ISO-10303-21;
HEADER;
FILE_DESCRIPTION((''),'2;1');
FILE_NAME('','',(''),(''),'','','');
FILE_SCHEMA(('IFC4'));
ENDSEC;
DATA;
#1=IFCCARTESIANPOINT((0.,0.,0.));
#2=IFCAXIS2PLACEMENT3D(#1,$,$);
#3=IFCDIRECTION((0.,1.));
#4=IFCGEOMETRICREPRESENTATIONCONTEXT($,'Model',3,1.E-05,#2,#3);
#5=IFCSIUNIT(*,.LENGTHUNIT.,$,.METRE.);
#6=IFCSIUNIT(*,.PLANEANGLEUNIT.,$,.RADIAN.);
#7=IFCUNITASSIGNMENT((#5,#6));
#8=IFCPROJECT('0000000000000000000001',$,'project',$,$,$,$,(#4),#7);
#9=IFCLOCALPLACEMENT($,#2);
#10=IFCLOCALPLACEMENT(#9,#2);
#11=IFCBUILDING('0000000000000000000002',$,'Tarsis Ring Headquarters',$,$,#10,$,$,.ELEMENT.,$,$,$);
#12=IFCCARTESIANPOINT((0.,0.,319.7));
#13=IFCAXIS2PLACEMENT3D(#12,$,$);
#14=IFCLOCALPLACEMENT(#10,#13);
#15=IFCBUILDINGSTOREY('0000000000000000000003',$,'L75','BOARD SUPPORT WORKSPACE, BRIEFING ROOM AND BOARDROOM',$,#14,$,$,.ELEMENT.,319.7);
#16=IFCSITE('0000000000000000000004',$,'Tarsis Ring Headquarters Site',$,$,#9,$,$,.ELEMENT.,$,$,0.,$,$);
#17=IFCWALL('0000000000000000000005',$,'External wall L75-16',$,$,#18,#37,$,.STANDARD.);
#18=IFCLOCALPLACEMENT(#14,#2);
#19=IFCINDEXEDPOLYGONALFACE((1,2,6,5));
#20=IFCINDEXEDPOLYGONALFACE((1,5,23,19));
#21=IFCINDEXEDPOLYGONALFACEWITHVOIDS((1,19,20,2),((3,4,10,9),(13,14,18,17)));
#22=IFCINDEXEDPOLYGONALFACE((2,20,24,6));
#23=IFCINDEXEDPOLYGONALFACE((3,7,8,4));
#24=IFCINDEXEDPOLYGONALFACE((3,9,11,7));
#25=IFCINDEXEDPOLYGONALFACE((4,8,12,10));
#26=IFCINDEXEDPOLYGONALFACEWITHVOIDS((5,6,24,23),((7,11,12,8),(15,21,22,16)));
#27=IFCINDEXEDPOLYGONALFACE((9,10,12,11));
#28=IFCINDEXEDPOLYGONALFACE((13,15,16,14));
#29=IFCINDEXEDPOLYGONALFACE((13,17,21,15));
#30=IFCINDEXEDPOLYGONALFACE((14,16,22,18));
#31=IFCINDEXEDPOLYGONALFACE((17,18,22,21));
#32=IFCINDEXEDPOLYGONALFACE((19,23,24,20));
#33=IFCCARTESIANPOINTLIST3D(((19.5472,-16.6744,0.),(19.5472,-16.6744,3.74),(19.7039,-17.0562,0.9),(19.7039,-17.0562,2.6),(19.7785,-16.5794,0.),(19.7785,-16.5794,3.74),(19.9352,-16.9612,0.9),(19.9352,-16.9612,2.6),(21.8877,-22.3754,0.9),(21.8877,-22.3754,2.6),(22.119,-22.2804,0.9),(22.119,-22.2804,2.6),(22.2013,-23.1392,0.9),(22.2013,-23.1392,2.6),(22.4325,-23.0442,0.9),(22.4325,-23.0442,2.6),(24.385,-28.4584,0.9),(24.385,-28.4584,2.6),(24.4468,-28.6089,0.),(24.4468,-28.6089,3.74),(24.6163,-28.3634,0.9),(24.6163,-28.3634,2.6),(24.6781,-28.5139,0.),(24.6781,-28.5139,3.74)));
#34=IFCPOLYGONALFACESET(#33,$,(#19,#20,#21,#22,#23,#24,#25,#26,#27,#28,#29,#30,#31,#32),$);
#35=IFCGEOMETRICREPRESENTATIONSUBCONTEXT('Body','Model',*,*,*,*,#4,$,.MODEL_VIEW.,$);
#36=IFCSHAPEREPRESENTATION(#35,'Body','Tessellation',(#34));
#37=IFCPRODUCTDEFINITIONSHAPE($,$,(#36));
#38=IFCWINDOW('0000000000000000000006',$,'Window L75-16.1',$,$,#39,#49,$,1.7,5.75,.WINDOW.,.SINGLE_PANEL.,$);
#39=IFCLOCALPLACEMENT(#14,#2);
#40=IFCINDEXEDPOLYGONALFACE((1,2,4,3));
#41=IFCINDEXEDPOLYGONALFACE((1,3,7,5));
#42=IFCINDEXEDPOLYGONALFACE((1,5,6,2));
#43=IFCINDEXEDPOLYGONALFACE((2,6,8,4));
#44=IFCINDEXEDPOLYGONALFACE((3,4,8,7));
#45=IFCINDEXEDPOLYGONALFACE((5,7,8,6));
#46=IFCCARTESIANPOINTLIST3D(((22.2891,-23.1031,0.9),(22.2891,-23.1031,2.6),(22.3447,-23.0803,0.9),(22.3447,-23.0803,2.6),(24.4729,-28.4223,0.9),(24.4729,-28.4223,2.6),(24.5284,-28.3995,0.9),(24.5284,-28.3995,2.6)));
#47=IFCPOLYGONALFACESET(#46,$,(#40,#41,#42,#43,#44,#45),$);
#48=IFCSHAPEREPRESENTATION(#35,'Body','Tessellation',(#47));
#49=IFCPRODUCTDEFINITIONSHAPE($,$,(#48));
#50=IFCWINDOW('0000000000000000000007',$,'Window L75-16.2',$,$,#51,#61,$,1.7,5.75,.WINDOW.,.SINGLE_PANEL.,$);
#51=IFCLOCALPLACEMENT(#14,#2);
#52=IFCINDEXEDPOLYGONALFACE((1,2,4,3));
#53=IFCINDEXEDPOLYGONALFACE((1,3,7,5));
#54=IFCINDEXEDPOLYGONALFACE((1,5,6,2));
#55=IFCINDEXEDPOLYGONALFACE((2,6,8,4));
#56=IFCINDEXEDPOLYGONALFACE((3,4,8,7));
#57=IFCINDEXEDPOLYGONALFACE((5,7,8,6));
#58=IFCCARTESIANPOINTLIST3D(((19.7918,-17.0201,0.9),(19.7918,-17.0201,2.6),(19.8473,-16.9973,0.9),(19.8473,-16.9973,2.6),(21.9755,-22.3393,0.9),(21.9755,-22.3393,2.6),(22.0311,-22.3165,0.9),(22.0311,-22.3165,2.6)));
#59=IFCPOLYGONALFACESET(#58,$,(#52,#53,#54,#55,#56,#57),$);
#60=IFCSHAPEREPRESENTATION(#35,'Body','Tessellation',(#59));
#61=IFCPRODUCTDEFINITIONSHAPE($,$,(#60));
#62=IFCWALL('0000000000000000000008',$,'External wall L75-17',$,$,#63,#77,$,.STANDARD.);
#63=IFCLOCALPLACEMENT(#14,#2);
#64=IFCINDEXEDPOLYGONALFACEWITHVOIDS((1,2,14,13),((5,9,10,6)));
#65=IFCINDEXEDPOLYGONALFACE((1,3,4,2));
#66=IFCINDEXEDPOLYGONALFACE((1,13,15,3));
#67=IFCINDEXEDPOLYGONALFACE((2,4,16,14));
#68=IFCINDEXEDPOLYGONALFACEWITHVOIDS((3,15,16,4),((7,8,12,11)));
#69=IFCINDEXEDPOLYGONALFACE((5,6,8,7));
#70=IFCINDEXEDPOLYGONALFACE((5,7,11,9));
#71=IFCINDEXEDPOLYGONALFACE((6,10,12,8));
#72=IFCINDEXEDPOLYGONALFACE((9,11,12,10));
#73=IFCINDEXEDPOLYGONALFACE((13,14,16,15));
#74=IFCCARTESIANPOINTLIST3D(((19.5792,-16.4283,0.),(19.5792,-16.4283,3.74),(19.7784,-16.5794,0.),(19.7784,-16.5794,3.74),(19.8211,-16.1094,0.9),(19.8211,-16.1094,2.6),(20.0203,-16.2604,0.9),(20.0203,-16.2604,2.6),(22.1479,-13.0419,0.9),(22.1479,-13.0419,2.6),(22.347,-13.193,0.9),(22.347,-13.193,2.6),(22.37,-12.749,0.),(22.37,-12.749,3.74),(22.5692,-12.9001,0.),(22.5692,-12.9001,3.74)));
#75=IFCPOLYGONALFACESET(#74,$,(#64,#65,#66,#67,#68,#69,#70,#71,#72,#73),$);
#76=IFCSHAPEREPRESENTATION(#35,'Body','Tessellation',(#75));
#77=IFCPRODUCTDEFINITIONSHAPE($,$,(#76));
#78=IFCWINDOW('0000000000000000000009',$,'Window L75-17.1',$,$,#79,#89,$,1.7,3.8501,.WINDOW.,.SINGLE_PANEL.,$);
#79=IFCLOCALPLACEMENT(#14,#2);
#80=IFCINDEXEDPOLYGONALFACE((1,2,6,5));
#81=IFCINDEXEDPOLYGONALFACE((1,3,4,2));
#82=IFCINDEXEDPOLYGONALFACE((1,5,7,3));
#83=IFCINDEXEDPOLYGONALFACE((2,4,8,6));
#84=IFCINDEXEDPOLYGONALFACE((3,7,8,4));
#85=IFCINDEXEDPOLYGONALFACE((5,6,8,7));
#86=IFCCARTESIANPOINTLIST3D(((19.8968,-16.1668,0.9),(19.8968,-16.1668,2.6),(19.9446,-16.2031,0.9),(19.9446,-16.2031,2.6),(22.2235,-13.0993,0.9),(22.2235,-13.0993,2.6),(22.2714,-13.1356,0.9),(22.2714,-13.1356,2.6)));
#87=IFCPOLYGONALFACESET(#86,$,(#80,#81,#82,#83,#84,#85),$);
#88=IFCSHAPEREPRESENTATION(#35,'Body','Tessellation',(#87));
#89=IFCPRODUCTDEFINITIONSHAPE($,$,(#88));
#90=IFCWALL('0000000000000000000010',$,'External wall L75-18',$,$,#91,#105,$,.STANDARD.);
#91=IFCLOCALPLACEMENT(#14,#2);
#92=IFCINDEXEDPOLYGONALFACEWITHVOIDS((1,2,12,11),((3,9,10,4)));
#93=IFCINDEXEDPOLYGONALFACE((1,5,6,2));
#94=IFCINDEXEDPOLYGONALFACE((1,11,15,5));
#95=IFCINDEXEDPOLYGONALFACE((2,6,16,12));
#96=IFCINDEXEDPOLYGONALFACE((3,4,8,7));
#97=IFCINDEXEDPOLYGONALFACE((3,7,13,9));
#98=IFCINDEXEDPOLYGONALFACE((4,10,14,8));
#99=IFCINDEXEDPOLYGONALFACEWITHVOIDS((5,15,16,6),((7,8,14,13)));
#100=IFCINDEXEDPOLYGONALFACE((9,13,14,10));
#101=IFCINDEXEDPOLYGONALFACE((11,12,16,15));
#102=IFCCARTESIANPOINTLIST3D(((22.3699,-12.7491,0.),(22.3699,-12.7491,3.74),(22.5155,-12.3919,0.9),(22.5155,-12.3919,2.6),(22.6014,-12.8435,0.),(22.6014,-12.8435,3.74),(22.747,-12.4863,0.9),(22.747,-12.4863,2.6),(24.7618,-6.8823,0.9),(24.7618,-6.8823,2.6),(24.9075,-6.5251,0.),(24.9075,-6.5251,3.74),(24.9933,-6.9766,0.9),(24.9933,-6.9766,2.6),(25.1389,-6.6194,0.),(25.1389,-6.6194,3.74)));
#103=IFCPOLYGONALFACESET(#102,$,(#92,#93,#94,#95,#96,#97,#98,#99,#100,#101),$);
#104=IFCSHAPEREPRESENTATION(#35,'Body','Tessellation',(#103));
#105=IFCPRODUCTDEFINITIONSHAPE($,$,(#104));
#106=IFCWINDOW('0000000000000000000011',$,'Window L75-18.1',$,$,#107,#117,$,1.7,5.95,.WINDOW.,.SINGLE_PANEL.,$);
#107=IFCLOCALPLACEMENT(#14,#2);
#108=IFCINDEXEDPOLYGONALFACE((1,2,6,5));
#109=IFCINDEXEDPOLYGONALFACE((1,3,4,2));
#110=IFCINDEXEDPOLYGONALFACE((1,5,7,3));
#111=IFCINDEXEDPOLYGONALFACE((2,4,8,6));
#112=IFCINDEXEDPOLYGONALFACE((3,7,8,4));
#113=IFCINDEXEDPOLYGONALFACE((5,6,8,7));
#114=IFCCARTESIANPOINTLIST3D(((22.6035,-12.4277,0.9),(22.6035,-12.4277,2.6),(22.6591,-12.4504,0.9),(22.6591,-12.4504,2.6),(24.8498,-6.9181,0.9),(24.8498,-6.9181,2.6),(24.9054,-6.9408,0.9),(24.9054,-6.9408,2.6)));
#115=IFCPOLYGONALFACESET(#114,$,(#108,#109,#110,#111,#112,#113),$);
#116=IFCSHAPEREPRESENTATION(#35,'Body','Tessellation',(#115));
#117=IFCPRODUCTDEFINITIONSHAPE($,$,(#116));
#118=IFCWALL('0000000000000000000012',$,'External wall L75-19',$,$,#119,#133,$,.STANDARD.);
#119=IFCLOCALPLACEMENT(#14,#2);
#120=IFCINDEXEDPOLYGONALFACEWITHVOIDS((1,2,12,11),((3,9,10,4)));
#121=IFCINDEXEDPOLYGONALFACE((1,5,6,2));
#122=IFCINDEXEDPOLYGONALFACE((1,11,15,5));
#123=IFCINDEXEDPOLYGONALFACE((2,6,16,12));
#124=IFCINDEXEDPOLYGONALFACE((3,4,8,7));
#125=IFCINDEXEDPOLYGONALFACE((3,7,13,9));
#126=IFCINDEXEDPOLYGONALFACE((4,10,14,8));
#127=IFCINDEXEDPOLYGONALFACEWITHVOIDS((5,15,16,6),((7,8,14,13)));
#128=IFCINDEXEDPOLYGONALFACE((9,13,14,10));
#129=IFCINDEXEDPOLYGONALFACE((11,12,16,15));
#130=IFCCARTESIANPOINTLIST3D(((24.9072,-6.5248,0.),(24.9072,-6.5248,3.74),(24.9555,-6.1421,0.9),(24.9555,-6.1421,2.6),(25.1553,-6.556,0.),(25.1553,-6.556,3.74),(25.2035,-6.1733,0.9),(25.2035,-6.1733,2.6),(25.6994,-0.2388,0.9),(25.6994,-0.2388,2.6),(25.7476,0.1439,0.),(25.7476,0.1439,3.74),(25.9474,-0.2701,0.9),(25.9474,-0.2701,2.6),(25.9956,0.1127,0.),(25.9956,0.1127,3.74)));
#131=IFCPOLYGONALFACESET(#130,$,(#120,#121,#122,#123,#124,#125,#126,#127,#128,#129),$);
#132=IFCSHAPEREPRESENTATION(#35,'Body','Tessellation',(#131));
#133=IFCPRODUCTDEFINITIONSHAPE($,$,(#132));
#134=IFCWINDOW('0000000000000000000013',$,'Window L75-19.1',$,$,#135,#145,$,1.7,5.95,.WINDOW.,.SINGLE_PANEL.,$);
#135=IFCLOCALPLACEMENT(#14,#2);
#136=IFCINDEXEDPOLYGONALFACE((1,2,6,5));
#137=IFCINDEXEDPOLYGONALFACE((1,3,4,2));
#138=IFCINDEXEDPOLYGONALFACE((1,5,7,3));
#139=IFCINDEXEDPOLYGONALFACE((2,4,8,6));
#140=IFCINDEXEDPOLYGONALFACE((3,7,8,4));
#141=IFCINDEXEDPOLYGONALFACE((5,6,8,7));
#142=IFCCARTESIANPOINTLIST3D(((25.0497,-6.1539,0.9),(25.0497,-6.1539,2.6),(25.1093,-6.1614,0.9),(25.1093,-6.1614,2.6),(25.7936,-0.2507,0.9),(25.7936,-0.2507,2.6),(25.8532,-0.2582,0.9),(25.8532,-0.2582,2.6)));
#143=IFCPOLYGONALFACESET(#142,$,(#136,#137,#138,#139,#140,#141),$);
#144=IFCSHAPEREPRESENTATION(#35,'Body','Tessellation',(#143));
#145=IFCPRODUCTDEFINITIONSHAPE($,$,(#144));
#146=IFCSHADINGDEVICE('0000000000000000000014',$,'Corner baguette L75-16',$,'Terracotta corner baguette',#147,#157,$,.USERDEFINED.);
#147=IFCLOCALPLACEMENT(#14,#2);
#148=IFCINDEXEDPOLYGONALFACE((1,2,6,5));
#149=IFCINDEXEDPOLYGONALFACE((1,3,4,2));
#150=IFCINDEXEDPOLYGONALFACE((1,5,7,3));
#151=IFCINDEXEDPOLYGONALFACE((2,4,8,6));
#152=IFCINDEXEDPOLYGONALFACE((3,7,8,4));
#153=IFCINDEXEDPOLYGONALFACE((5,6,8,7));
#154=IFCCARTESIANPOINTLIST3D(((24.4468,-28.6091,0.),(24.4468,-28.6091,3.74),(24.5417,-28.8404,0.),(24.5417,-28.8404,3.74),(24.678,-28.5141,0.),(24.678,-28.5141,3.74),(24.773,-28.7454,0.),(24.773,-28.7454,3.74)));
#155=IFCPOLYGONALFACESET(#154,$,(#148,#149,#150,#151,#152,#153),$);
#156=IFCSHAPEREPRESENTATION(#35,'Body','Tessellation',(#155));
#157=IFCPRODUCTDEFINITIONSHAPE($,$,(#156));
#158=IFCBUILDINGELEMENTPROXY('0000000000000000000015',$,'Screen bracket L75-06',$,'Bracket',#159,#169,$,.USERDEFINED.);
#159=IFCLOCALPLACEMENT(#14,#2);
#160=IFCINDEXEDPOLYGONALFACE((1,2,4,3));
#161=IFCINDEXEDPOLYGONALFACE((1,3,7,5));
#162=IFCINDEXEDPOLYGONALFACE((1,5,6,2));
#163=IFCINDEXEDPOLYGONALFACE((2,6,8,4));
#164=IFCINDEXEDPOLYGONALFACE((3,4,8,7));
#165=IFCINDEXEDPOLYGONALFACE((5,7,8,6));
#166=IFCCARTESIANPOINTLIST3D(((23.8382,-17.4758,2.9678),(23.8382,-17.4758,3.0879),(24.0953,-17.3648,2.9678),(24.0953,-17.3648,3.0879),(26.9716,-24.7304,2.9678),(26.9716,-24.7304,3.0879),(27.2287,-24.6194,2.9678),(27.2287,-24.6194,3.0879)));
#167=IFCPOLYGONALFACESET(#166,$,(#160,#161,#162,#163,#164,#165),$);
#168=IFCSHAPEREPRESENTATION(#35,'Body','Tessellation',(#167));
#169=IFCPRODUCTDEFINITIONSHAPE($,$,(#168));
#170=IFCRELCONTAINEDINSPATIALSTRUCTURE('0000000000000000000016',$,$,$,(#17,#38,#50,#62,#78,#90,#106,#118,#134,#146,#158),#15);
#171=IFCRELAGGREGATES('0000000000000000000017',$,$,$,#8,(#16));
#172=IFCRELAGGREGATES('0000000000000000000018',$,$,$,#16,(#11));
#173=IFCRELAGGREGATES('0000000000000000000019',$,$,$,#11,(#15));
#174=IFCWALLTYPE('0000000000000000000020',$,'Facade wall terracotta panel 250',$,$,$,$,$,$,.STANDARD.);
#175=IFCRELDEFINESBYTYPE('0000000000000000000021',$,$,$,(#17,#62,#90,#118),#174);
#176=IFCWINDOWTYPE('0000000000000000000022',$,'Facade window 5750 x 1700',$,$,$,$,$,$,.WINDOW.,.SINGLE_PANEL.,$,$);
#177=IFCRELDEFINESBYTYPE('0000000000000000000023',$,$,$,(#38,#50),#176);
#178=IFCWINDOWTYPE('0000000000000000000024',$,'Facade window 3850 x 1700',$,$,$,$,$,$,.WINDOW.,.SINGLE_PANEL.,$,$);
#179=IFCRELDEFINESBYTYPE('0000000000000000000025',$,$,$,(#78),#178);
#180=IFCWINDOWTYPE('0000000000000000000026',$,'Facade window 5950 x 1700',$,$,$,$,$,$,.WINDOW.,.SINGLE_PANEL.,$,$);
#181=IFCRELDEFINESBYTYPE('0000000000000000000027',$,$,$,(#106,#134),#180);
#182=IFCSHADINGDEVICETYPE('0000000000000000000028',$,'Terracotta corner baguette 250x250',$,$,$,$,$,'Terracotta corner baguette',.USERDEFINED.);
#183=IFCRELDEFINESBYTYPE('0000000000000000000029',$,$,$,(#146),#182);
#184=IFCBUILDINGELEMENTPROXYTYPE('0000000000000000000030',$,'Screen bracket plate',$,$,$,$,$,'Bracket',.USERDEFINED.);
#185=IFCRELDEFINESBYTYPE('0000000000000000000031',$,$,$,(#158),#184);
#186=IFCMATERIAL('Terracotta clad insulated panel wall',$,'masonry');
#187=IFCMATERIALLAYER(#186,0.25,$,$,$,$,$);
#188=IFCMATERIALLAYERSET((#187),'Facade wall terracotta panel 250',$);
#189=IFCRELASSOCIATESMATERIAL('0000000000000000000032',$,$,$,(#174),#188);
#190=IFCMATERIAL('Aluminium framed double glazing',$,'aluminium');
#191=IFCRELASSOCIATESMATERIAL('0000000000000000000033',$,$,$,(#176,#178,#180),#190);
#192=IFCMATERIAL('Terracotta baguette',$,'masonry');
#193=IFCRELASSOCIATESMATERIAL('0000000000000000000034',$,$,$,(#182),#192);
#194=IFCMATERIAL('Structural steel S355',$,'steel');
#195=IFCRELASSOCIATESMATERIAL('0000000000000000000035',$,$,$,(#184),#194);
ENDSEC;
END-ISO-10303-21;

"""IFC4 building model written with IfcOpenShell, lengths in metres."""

from ifc_helpers import new_model, si_unit, direction, frame, frame_2d, origin, origin_2d, place, context, subcontext, project, spatial, rectangle, extrude, material, layer, layer_set, type_object, element, fill, save


model = new_model("IFC4")

# Units and contexts
model_context = context("Model", 3, precision=1e-05, world=origin(), true_north=direction((0.0, 1.0)))
body_context = subcontext(model_context, "Body", "Model", "MODEL_VIEW")
ifc_project = project(units=[si_unit("LENGTHUNIT", "METRE"), si_unit("PLANEANGLEUNIT", "RADIAN")], contexts=[model_context])

# Site, building, storey
site_placement = place(None, origin())
site = spatial("IfcSite", under=ifc_project, at=site_placement, Name="Tarsis Ring Headquarters Site", CompositionType="ELEMENT", RefElevation=0.0)
building_placement = place(site_placement, origin())
building = spatial("IfcBuilding", under=site, at=building_placement, Name="Tarsis Ring Headquarters", CompositionType="ELEMENT")
storey_placement = place(building_placement, frame((0.0, 0.0, 319.7)))
storey = spatial("IfcBuildingStorey", under=building, at=storey_placement, Name="L75", Description="BOARD SUPPORT WORKSPACE, BRIEFING ROOM AND BOARDROOM", CompositionType="ELEMENT", Elevation=319.7)

# Shared definitions
ifc_material_1 = material(Name="Structural steel S355", Category="steel")

# Shared definitions
ifc_material_2 = material(Name="Terracotta clad insulated panel wall", Category="masonry")
ifc_layer_1 = layer(ifc_material_2, 0.25)
ifc_layer_set_1 = layer_set([ifc_layer_1], Name="Facade wall terracotta panel 250")
wall_type_1 = type_object("IfcWallType", Name="Facade wall terracotta panel 250", PredefinedType="STANDARD", material=ifc_layer_set_1)

# Wall, openings, windows
wall_1_placement = place(storey_placement, frame((24.5625, -28.5615, 0.0), z_axis=(0.0, 0.0, 1.0), x_axis=(-0.379784, 0.925075, 0.0)))
wall_1 = element("IfcWall", 1, at=wall_1_placement, inside=storey, type_object=wall_type_1, Name="External wall L75-16", PredefinedType="STANDARD", context=body_context, shape_type="SweptSolid", body=[
    extrude(rectangle(XDim=12.9011, YDim=0.25, at=frame_2d((6.4507, 0.0))), origin(), (0.0, 0.0, 1.0), 3.74),
])
opening_1_placement = place(wall_1_placement, frame((0.1628, 0.0, 0.8999)))
opening_1 = element("IfcOpeningElement", 2, at=opening_1_placement, cuts=wall_1, PredefinedType="OPENING", context=body_context, shape_type="SweptSolid", body=[
    extrude(rectangle(XDim=5.75, YDim=1.7, at=frame_2d((2.875, 0.8501))), frame((0.0, 0.135, 0.0), z_axis=(0.0, -1.0, 0.0), x_axis=(1.0, 0.0, 0.0)), (0.0, 0.0, 1.0), 0.27),
])
opening_2_placement = place(wall_1_placement, frame((6.7385, 0.0, 0.8999)))
opening_2 = element("IfcOpeningElement", 3, at=opening_2_placement, cuts=wall_1, PredefinedType="OPENING", context=body_context, shape_type="SweptSolid", body=[
    extrude(rectangle(XDim=5.75, YDim=1.7, at=frame_2d((2.875, 0.8501))), frame((0.0, 0.135, 0.0), z_axis=(0.0, -1.0, 0.0), x_axis=(1.0, 0.0, 0.0)), (0.0, 0.0, 1.0), 0.27),
])
ifc_material_3 = material(Name="Aluminium framed double glazing", Category="aluminium")
window_type_1 = type_object("IfcWindowType", Name="Facade window 5750 x 1700", PartitioningType="SINGLE_PANEL", PredefinedType="WINDOW", material=ifc_material_3)
window_1_placement = place(opening_1_placement, origin())
window_1 = element("IfcWindow", 4, at=window_1_placement, inside=storey, type_object=window_type_1, Name="Window L75-16.1", OverallHeight=1.7, OverallWidth=5.75, PartitioningType="SINGLE_PANEL", PredefinedType="WINDOW", context=body_context, shape_type="SweptSolid", body=[
    extrude(rectangle(XDim=5.75, YDim=1.7, at=frame_2d((2.875, 0.8501))), frame((0.0, 0.03, 0.0), z_axis=(0.0, -1.0, 0.0), x_axis=(1.0, 0.0, 0.0)), (0.0, 0.0, 1.0), 0.0601),
])
fill(opening_1, window_1)
window_2_placement = place(opening_2_placement, origin())
window_2 = element("IfcWindow", 5, at=window_2_placement, inside=storey, type_object=window_type_1, Name="Window L75-16.2", OverallHeight=1.7, OverallWidth=5.75, PartitioningType="SINGLE_PANEL", PredefinedType="WINDOW", context=body_context, shape_type="SweptSolid", body=[
    extrude(rectangle(XDim=5.75, YDim=1.7, at=frame_2d((2.875, 0.8501))), frame((0.0, 0.03, 0.0), z_axis=(0.0, -1.0, 0.0), x_axis=(1.0, 0.0, 0.0)), (0.0, 0.0, 1.0), 0.0601),
])
fill(opening_2, window_2)

# Walls, openings, windows
wall_2_placement = place(storey_placement, frame((19.6787, -16.5039, 0.0), z_axis=(0.0, 0.0, 1.0), x_axis=(0.604339, 0.796727, 0.0)))
wall_2 = element("IfcWall", 6, at=wall_2_placement, inside=storey, type_object=wall_type_1, Name="External wall L75-17", PredefinedType="STANDARD", context=body_context, shape_type="SweptSolid", body=[
    extrude(rectangle(XDim=4.6179, YDim=0.25, at=frame_2d((2.3091, 0.0))), origin(), (0.0, 0.0, 1.0), 3.74),
])
opening_3_placement = place(wall_2_placement, frame((0.4004, 0.0, 0.8999)))
opening_3 = element("IfcOpeningElement", 7, at=opening_3_placement, cuts=wall_2, PredefinedType="OPENING", context=body_context, shape_type="SweptSolid", body=[
    extrude(rectangle(XDim=3.8501, YDim=1.7, at=frame_2d((1.925, 0.8501))), frame((0.0, 0.135, 0.0), z_axis=(0.0, -1.0, 0.0), x_axis=(1.0, 0.0, 0.0)), (0.0, 0.0, 1.0), 0.27),
])
window_type_2 = type_object("IfcWindowType", Name="Facade window 3850 x 1700", PartitioningType="SINGLE_PANEL", PredefinedType="WINDOW", material=ifc_material_3)
window_3_placement = place(opening_3_placement, origin())
window_3 = element("IfcWindow", 8, at=window_3_placement, inside=storey, type_object=window_type_2, Name="Window L75-17.1", OverallHeight=1.7, OverallWidth=3.8501, PartitioningType="SINGLE_PANEL", PredefinedType="WINDOW", context=body_context, shape_type="SweptSolid", body=[
    extrude(rectangle(XDim=3.8501, YDim=1.7, at=frame_2d((1.925, 0.8501))), frame((0.0, 0.03, 0.0), z_axis=(0.0, -1.0, 0.0), x_axis=(1.0, 0.0, 0.0)), (0.0, 0.0, 1.0), 0.0601),
])
fill(opening_3, window_3)
wall_3_placement = place(storey_placement, frame((22.4856, -12.7964, 0.0), z_axis=(0.0, 0.0, 1.0), x_axis=(0.377532, 0.925996, 0.0)))
wall_3 = element("IfcWall", 9, at=wall_3_placement, inside=storey, type_object=wall_type_1, Name="External wall L75-18", PredefinedType="STANDARD", context=body_context, shape_type="SweptSolid", body=[
    extrude(rectangle(XDim=6.7214, YDim=0.25, at=frame_2d((3.3608, 0.0))), origin(), (0.0, 0.0, 1.0), 3.74),
])
opening_4_placement = place(wall_3_placement, frame((0.3857, 0.0, 0.8999)))
opening_4 = element("IfcOpeningElement", 10, at=opening_4_placement, cuts=wall_3, PredefinedType="OPENING", context=body_context, shape_type="SweptSolid", body=[
    extrude(rectangle(XDim=5.95, YDim=1.7, at=frame_2d((2.9751, 0.8501))), frame((0.0, 0.135, 0.0), z_axis=(0.0, -1.0, 0.0), x_axis=(1.0, 0.0, 0.0)), (0.0, 0.0, 1.0), 0.27),
])
window_type_3 = type_object("IfcWindowType", Name="Facade window 5950 x 1700", PartitioningType="SINGLE_PANEL", PredefinedType="WINDOW", material=ifc_material_3)
window_4_placement = place(opening_4_placement, origin())
window_4 = element("IfcWindow", 11, at=window_4_placement, inside=storey, type_object=window_type_3, Name="Window L75-18.1", OverallHeight=1.7, OverallWidth=5.95, PartitioningType="SINGLE_PANEL", PredefinedType="WINDOW", context=body_context, shape_type="SweptSolid", body=[
    extrude(rectangle(XDim=5.95, YDim=1.7, at=frame_2d((2.9751, 0.8501))), frame((0.0, 0.03, 0.0), z_axis=(0.0, -1.0, 0.0), x_axis=(1.0, 0.0, 0.0)), (0.0, 0.0, 1.0), 0.0601),
])
fill(opening_4, window_4)
wall_4_placement = place(storey_placement, frame((25.0312, -6.5405, 0.0), z_axis=(0.0, 0.0, 1.0), x_axis=(0.125023, 0.992154, 0.0)))
wall_4 = element("IfcWall", 12, at=wall_4_placement, inside=storey, type_object=wall_type_1, Name="External wall L75-19", PredefinedType="STANDARD", context=body_context, shape_type="SweptSolid", body=[
    extrude(rectangle(XDim=6.7214, YDim=0.25, at=frame_2d((3.3608, 0.0))), origin(), (0.0, 0.0, 1.0), 3.74),
])
opening_5_placement = place(wall_4_placement, frame((0.3857, 0.0, 0.8999)))
opening_5 = element("IfcOpeningElement", 13, at=opening_5_placement, cuts=wall_4, PredefinedType="OPENING", context=body_context, shape_type="SweptSolid", body=[
    extrude(rectangle(XDim=5.95, YDim=1.7, at=frame_2d((2.9751, 0.8501))), frame((0.0, 0.135, 0.0), z_axis=(0.0, -1.0, 0.0), x_axis=(1.0, 0.0, 0.0)), (0.0, 0.0, 1.0), 0.27),
])
window_5_placement = place(opening_5_placement, origin())
window_5 = element("IfcWindow", 14, at=window_5_placement, inside=storey, type_object=window_type_3, Name="Window L75-19.1", OverallHeight=1.7, OverallWidth=5.95, PartitioningType="SINGLE_PANEL", PredefinedType="WINDOW", context=body_context, shape_type="SweptSolid", body=[
    extrude(rectangle(XDim=5.95, YDim=1.7, at=frame_2d((2.9751, 0.8501))), frame((0.0, 0.03, 0.0), z_axis=(0.0, -1.0, 0.0), x_axis=(1.0, 0.0, 0.0)), (0.0, 0.0, 1.0), 0.0601),
])
fill(opening_5, window_5)

# Shading device
ifc_material_4 = material(Name="Terracotta baguette", Category="masonry")
shading_device_type_1 = type_object("IfcShadingDeviceType", Name="Terracotta corner baguette 250x250", ElementType="Terracotta corner baguette", PredefinedType="USERDEFINED", material=ifc_material_4)
shading_device_1_placement = place(storey_placement, frame((24.6099, -28.6772, 0.0), z_axis=(0.0, 0.0, 1.0), x_axis=(0.925077, 0.379779, 0.0)))
element("IfcShadingDevice", 15, at=shading_device_1_placement, inside=storey, type_object=shading_device_type_1, Name="Corner baguette L75-16", ObjectType="Terracotta corner baguette", PredefinedType="USERDEFINED", context=body_context, shape_type="SweptSolid", body=[
    extrude(rectangle(XDim=0.25, YDim=0.25, at=origin_2d()), origin(), (0.0, 0.0, 1.0), 3.74),
])

# Building element proxy
building_element_proxy_type = type_object("IfcBuildingElementProxyType", Name="Screen bracket plate", ElementType="Bracket", PredefinedType="USERDEFINED", material=ifc_material_1)
proxy_placement = place(storey_placement, frame((25.5334, -21.0476, 2.9678), z_axis=(0.0, 0.0, 1.0), x_axis=(-0.396507, 0.918032, 0.0)))
element("IfcBuildingElementProxy", 16, at=proxy_placement, inside=storey, type_object=building_element_proxy_type, Name="Screen bracket L75-06", ObjectType="Bracket", PredefinedType="USERDEFINED", context=body_context, shape_type="SweptSolid", body=[
    extrude(rectangle(XDim=7.9023, YDim=0.28, at=origin_2d()), origin(), (0.0, 0.0, 1.0), 0.1201),
])

save(model, "model.ifc")
